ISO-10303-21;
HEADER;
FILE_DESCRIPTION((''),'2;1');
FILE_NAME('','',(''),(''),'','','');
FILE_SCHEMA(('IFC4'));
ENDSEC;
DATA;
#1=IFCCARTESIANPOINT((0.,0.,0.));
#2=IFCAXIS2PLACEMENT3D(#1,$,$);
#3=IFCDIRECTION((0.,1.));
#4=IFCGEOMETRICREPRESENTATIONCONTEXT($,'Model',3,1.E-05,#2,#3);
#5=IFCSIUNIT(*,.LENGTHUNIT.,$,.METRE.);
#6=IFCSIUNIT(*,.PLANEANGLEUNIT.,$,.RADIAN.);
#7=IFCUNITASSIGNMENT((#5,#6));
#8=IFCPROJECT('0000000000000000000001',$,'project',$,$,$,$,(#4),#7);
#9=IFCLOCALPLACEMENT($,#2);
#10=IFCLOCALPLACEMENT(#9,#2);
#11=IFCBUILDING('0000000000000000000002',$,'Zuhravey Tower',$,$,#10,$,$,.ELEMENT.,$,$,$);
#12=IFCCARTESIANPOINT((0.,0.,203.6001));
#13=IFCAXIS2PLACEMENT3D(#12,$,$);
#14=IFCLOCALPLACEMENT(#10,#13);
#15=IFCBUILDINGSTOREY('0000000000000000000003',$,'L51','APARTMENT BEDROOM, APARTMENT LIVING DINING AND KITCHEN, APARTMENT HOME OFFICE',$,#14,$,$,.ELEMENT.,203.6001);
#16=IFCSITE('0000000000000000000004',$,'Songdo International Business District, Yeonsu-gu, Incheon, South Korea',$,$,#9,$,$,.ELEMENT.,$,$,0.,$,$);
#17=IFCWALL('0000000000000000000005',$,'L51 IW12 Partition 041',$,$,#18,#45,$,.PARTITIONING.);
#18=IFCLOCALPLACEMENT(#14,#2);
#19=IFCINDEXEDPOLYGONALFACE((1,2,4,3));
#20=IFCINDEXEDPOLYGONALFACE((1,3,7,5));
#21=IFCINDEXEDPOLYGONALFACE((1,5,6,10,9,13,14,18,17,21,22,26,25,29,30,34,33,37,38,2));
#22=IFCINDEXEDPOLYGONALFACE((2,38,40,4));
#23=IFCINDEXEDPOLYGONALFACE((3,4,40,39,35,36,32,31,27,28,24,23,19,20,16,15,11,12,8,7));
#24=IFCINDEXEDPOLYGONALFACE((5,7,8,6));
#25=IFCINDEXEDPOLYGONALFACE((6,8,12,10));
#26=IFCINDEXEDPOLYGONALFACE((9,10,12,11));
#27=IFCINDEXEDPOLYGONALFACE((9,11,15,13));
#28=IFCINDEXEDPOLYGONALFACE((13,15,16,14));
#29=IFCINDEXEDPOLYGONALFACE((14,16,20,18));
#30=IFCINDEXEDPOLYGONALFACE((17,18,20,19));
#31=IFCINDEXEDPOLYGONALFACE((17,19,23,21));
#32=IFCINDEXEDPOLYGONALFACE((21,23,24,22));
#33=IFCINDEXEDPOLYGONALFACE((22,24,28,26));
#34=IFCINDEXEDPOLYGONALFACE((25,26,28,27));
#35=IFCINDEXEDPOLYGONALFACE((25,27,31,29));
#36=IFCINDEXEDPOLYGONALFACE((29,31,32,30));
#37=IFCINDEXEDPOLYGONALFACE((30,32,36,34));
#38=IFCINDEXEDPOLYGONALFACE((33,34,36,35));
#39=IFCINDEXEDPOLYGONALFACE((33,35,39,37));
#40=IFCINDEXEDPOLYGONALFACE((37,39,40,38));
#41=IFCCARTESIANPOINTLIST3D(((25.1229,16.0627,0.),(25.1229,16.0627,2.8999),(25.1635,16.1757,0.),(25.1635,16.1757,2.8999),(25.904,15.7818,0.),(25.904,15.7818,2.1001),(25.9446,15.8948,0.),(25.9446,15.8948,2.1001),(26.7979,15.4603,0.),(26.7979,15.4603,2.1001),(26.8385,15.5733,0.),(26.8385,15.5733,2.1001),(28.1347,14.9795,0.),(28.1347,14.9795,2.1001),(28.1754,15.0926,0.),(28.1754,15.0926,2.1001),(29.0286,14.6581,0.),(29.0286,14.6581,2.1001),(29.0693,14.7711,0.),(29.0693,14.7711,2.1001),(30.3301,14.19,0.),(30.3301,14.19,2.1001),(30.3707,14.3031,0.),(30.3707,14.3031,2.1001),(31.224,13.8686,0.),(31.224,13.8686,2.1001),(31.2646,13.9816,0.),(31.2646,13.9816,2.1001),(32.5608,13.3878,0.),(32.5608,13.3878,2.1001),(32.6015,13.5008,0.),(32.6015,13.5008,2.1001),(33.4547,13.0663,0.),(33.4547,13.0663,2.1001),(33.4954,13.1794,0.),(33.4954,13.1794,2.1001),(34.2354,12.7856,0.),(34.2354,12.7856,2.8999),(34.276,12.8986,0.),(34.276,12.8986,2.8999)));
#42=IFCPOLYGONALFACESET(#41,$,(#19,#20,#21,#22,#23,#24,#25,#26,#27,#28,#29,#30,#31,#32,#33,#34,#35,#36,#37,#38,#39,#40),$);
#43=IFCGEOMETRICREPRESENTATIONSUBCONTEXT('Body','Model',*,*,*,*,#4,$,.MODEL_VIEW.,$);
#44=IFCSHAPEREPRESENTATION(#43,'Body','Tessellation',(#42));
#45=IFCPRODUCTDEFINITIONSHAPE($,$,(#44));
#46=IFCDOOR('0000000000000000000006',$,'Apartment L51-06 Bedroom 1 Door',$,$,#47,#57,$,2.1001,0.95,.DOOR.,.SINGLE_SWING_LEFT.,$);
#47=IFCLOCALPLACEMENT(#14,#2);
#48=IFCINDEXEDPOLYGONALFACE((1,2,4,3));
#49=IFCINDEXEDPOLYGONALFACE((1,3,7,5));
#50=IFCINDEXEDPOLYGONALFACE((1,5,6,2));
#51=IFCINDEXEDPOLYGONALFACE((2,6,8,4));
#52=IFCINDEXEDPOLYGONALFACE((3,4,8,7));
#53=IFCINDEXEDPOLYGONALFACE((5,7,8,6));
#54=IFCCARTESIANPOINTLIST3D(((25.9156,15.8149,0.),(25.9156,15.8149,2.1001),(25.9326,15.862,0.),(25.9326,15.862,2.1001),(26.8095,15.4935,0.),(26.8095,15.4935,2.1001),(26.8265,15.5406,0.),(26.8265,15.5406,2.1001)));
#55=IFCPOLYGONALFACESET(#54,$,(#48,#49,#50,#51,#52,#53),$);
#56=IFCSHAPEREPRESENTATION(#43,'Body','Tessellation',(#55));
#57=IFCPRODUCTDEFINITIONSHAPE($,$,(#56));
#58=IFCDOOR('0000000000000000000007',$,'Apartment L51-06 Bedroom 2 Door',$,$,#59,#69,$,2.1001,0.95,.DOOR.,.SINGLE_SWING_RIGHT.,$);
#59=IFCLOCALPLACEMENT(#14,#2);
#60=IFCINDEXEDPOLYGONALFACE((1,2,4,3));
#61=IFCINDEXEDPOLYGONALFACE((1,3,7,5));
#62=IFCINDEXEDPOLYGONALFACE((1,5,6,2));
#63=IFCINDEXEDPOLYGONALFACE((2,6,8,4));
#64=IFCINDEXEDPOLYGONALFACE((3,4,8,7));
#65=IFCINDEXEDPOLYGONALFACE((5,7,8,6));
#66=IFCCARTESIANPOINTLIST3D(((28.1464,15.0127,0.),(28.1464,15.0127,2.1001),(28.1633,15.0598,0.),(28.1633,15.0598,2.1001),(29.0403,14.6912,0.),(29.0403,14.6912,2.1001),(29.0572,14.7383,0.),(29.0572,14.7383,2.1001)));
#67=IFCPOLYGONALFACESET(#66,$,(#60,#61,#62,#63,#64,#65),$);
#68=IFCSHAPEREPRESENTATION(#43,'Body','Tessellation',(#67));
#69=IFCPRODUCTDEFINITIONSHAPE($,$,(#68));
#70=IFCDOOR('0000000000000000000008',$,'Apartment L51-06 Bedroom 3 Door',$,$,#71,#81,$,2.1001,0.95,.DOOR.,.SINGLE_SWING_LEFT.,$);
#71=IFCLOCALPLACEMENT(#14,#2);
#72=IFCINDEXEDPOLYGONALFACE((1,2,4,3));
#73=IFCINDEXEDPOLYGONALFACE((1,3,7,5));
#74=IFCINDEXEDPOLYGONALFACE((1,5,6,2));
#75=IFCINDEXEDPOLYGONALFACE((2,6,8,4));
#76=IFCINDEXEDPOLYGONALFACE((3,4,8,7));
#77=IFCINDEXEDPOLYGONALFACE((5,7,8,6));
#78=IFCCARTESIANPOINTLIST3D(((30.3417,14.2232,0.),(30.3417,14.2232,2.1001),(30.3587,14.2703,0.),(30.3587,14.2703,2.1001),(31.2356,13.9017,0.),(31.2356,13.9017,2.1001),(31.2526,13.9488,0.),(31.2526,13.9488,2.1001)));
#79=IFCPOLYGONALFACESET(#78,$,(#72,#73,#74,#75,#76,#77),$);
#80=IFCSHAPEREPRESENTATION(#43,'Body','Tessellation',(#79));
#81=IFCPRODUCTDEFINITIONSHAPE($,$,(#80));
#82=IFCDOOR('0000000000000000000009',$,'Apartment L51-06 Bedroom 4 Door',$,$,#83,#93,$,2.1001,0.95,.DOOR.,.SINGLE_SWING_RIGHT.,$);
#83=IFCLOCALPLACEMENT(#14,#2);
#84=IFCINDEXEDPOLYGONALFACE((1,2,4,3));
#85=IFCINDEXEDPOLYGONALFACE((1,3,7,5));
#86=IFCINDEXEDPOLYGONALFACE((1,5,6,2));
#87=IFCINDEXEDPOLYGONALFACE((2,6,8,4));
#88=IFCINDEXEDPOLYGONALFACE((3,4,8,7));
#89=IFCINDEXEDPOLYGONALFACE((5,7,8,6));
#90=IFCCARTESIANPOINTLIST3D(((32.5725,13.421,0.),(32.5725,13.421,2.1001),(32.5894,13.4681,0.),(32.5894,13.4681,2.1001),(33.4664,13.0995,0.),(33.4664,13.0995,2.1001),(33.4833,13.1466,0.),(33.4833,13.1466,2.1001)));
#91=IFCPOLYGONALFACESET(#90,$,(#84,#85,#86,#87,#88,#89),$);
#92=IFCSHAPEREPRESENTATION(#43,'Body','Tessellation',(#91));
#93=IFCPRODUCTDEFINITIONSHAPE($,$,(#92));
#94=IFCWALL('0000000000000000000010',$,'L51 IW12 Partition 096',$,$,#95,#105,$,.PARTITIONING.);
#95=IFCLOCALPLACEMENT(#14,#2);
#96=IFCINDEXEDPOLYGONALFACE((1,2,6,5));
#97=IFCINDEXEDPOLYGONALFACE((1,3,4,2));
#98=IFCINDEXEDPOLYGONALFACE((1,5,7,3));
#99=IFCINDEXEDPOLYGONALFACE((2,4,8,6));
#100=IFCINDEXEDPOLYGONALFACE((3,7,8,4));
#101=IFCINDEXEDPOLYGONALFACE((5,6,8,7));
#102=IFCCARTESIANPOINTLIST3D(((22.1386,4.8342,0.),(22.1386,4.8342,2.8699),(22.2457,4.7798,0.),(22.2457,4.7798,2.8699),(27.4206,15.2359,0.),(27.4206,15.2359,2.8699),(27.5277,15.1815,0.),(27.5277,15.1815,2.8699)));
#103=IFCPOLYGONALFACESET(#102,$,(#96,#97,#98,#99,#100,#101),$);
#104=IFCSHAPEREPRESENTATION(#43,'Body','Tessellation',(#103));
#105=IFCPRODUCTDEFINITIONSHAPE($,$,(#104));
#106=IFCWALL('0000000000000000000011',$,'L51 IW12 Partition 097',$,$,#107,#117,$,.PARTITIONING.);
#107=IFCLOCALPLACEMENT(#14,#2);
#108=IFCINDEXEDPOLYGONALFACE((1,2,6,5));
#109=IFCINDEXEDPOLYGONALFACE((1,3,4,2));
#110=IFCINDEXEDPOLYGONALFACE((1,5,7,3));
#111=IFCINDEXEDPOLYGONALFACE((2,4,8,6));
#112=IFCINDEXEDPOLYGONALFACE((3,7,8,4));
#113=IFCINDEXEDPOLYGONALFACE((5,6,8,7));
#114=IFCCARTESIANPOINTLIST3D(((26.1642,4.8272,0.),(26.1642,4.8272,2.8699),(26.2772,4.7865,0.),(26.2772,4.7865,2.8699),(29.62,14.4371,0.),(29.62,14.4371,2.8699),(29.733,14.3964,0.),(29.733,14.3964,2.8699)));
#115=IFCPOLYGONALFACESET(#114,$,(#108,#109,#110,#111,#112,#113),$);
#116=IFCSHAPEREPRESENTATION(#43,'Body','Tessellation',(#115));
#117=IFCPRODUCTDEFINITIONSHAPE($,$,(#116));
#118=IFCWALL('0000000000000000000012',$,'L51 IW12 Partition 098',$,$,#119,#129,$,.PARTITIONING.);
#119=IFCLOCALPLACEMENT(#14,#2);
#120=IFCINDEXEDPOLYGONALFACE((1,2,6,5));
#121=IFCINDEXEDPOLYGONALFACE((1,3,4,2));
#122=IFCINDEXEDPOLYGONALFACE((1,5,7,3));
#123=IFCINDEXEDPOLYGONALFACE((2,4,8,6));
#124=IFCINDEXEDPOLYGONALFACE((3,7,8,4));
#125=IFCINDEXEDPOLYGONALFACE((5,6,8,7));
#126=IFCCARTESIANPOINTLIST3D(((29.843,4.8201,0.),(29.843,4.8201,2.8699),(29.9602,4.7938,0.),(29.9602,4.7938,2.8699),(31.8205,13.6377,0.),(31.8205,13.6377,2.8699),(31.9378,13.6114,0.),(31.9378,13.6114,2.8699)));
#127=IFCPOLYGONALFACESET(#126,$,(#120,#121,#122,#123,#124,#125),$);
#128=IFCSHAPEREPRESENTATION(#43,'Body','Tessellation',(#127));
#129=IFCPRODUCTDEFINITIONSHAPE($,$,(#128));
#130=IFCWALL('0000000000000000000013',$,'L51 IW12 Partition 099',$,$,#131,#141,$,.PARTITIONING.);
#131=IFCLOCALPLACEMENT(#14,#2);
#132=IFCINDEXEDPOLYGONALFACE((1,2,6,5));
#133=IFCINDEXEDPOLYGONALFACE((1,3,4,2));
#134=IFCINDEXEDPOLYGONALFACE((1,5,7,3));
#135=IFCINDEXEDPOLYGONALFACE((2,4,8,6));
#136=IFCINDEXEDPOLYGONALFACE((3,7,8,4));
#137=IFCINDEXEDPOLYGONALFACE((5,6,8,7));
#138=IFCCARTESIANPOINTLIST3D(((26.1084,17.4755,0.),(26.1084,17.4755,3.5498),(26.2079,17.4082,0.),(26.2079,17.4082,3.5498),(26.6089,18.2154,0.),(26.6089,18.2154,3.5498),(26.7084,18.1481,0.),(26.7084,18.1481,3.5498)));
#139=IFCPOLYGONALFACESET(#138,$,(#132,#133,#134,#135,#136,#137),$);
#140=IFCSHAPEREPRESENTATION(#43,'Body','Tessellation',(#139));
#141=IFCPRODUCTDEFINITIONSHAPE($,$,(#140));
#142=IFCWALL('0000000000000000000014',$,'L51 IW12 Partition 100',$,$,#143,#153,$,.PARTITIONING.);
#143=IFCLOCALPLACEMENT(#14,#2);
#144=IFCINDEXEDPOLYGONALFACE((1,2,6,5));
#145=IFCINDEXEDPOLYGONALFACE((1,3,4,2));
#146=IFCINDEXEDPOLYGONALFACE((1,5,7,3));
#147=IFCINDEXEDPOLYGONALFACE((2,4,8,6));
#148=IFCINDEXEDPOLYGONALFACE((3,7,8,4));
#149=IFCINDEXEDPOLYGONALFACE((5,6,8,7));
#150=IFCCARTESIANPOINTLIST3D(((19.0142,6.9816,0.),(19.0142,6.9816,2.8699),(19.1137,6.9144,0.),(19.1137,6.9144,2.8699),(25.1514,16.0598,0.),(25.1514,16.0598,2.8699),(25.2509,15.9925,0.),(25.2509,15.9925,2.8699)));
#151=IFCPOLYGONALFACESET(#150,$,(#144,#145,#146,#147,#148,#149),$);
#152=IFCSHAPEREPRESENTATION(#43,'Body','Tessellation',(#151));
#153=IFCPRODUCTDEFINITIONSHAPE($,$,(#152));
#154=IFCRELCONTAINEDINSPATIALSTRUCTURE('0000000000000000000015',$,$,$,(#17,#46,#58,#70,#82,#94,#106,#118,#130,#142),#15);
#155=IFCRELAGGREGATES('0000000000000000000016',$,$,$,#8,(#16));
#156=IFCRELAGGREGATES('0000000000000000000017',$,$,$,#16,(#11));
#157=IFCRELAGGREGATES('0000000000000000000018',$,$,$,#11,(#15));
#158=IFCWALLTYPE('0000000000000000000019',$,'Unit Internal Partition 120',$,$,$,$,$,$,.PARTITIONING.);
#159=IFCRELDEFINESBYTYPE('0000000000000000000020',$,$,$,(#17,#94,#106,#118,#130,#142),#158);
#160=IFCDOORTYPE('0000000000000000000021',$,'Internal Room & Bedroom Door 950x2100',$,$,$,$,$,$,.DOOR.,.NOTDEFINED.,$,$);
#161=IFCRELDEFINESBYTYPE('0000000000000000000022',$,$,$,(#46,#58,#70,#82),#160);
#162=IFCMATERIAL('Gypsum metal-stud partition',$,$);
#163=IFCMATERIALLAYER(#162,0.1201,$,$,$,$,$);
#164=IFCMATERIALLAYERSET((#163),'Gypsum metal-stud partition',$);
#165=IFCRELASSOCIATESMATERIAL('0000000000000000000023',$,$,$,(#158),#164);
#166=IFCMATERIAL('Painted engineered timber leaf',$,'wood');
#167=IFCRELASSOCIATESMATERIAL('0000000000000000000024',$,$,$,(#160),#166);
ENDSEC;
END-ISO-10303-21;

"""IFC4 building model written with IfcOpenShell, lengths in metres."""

from ifc_helpers import new_model, si_unit, direction, frame, frame_2d, origin, place, context, subcontext, project, spatial, rectangle, extrude, material, layer, layer_set, type_object, element, fill, save


model = new_model("IFC4")

# Units and contexts
model_context = context("Model", 3, precision=1e-05, world=origin(), true_north=direction((0.0, 1.0)))
body_context = subcontext(model_context, "Body", "Model", "MODEL_VIEW")
ifc_project = project(units=[si_unit("LENGTHUNIT", "METRE"), si_unit("PLANEANGLEUNIT", "RADIAN")], contexts=[model_context])

# Site, building, storey
site_placement = place(None, origin())
site = spatial("IfcSite", under=ifc_project, at=site_placement, Name="Songdo International Business District, Yeonsu-gu, Incheon, South Korea", CompositionType="ELEMENT", RefElevation=0.0)
building_placement = place(site_placement, origin())
building = spatial("IfcBuilding", under=site, at=building_placement, Name="Zuhravey Tower", CompositionType="ELEMENT")
storey_placement = place(building_placement, frame((0.0, 0.0, 203.6001)))
storey = spatial("IfcBuildingStorey", under=building, at=storey_placement, Name="L51", Description="APARTMENT BEDROOM, APARTMENT LIVING DINING AND KITCHEN, APARTMENT HOME OFFICE", CompositionType="ELEMENT", Elevation=203.6001)

# Wall, openings, doors
ifc_material_1 = material(Name="Gypsum metal-stud partition")
ifc_layer_1 = layer(ifc_material_1, 0.1201)
ifc_layer_set_1 = layer_set([ifc_layer_1], Name="Gypsum metal-stud partition")
wall_type_1 = type_object("IfcWallType", Name="Unit Internal Partition 120", PredefinedType="PARTITIONING", material=ifc_layer_set_1)
ifc_material_2 = material(Name="Painted engineered timber leaf", Category="wood")
door_type_1 = type_object("IfcDoorType", Name="Internal Room & Bedroom Door 950x2100", OperationType="NOTDEFINED", PredefinedType="DOOR", material=ifc_material_2)
wall_1_placement = place(storey_placement, frame((25.1433, 16.1191, 0.0), z_axis=(0.0, 0.0, 1.0), x_axis=(0.941, -0.338407, 0.0)))
wall_1 = element("IfcWall", 1, at=wall_1_placement, inside=storey, type_object=wall_type_1, Name="L51 IW12 Partition 041", PredefinedType="PARTITIONING", context=body_context, shape_type="SweptSolid", body=[
    extrude(rectangle(XDim=9.6838, YDim=0.1201, at=frame_2d((4.8418, 0.0))), origin(), (0.0, 0.0, 1.0), 2.8999),
])
opening_1_placement = place(wall_1_placement, frame((0.8298, 0.0, 0.0)))
opening_1 = element("IfcOpeningElement", 2, at=opening_1_placement, cuts=wall_1, PredefinedType="OPENING", context=body_context, shape_type="SweptSolid", body=[
    extrude(rectangle(XDim=0.95, YDim=2.1001, at=frame_2d((0.4751, 1.05))), frame((0.0, 0.072, 0.0), z_axis=(0.0, -1.0, 0.0), x_axis=(1.0, 0.0, 0.0)), (0.0, 0.0, 1.0), 0.144),
])
opening_2_placement = place(wall_1_placement, frame((3.2004, 0.0, 0.0)))
opening_2 = element("IfcOpeningElement", 3, at=opening_2_placement, cuts=wall_1, PredefinedType="OPENING", context=body_context, shape_type="SweptSolid", body=[
    extrude(rectangle(XDim=0.95, YDim=2.1001, at=frame_2d((0.4751, 1.05))), frame((0.0, 0.072, 0.0), z_axis=(0.0, -1.0, 0.0), x_axis=(1.0, 0.0, 0.0)), (0.0, 0.0, 1.0), 0.144),
])
opening_3_placement = place(wall_1_placement, frame((5.5334, 0.0, 0.0)))
opening_3 = element("IfcOpeningElement", 4, at=opening_3_placement, cuts=wall_1, PredefinedType="OPENING", context=body_context, shape_type="SweptSolid", body=[
    extrude(rectangle(XDim=0.95, YDim=2.1001, at=frame_2d((0.4751, 1.05))), frame((0.0, 0.072, 0.0), z_axis=(0.0, -1.0, 0.0), x_axis=(1.0, 0.0, 0.0)), (0.0, 0.0, 1.0), 0.144),
])
opening_4_placement = place(wall_1_placement, frame((7.9041, 0.0, 0.0)))
opening_4 = element("IfcOpeningElement", 5, at=opening_4_placement, cuts=wall_1, PredefinedType="OPENING", context=body_context, shape_type="SweptSolid", body=[
    extrude(rectangle(XDim=0.95, YDim=2.1001, at=frame_2d((0.4751, 1.05))), frame((0.0, 0.072, 0.0), z_axis=(0.0, -1.0, 0.0), x_axis=(1.0, 0.0, 0.0)), (0.0, 0.0, 1.0), 0.144),
])
door_1_placement = place(opening_1_placement, frame((0.95, 0.0, 0.0), z_axis=(0.0, 0.0, 1.0), x_axis=(-1.0, 0.0, 0.0)))
door_1 = element("IfcDoor", 6, at=door_1_placement, inside=storey, type_object=door_type_1, Name="Apartment L51-06 Bedroom 1 Door", OperationType="SINGLE_SWING_LEFT", OverallHeight=2.1001, OverallWidth=0.95, PredefinedType="DOOR", context=body_context, shape_type="SweptSolid", body=[
    extrude(rectangle(XDim=0.95, YDim=2.1001, at=frame_2d((0.4751, 1.05))), frame((0.0, 0.0249, 0.0), z_axis=(0.0, -1.0, 0.0), x_axis=(1.0, 0.0, 0.0)), (0.0, 0.0, 1.0), 0.05),
])
fill(opening_1, door_1)
door_2_placement = place(opening_2_placement, frame((0.95, 0.0, 0.0), z_axis=(0.0, 0.0, 1.0), x_axis=(-1.0, 0.0, 0.0)))
door_2 = element("IfcDoor", 7, at=door_2_placement, inside=storey, type_object=door_type_1, Name="Apartment L51-06 Bedroom 2 Door", OperationType="SINGLE_SWING_RIGHT", OverallHeight=2.1001, OverallWidth=0.95, PredefinedType="DOOR", context=body_context, shape_type="SweptSolid", body=[
    extrude(rectangle(XDim=0.95, YDim=2.1001, at=frame_2d((0.4751, 1.05))), frame((0.0, 0.0249, 0.0), z_axis=(0.0, -1.0, 0.0), x_axis=(1.0, 0.0, 0.0)), (0.0, 0.0, 1.0), 0.05),
])
fill(opening_2, door_2)
door_3_placement = place(opening_3_placement, frame((0.95, 0.0, 0.0), z_axis=(0.0, 0.0, 1.0), x_axis=(-1.0, 0.0, 0.0)))
door_3 = element("IfcDoor", 8, at=door_3_placement, inside=storey, type_object=door_type_1, Name="Apartment L51-06 Bedroom 3 Door", OperationType="SINGLE_SWING_LEFT", OverallHeight=2.1001, OverallWidth=0.95, PredefinedType="DOOR", context=body_context, shape_type="SweptSolid", body=[
    extrude(rectangle(XDim=0.95, YDim=2.1001, at=frame_2d((0.4751, 1.05))), frame((0.0, 0.0249, 0.0), z_axis=(0.0, -1.0, 0.0), x_axis=(1.0, 0.0, 0.0)), (0.0, 0.0, 1.0), 0.05),
])
fill(opening_3, door_3)
door_4_placement = place(opening_4_placement, frame((0.95, 0.0, 0.0), z_axis=(0.0, 0.0, 1.0), x_axis=(-1.0, 0.0, 0.0)))
door_4 = element("IfcDoor", 9, at=door_4_placement, inside=storey, type_object=door_type_1, Name="Apartment L51-06 Bedroom 4 Door", OperationType="SINGLE_SWING_RIGHT", OverallHeight=2.1001, OverallWidth=0.95, PredefinedType="DOOR", context=body_context, shape_type="SweptSolid", body=[
    extrude(rectangle(XDim=0.95, YDim=2.1001, at=frame_2d((0.4751, 1.05))), frame((0.0, 0.0249, 0.0), z_axis=(0.0, -1.0, 0.0), x_axis=(1.0, 0.0, 0.0)), (0.0, 0.0, 1.0), 0.05),
])
fill(opening_4, door_4)

# Walls
wall_2_placement = place(storey_placement, frame((27.4741, 15.2087, 0.0), z_axis=(0.0, 0.0, 1.0), x_axis=(-0.452763, -0.891631, 0.0)))
element("IfcWall", 10, at=wall_2_placement, inside=storey, type_object=wall_type_1, Name="L51 IW12 Partition 096", PredefinedType="PARTITIONING", context=body_context, shape_type="SweptSolid", body=[
    extrude(rectangle(XDim=11.666, YDim=0.1201, at=frame_2d((5.833, 0.0))), origin(), (0.0, 0.0, 1.0), 2.8699),
])
wall_3_placement = place(storey_placement, frame((29.6765, 14.4167, 0.0), z_axis=(0.0, 0.0, 1.0), x_axis=(-0.338395, -0.941004, 0.0)))
element("IfcWall", 11, at=wall_3_placement, inside=storey, type_object=wall_type_1, Name="L51 IW12 Partition 097", PredefinedType="PARTITIONING", context=body_context, shape_type="SweptSolid", body=[
    extrude(rectangle(XDim=10.2124, YDim=0.1201, at=frame_2d((5.1062, 0.0))), origin(), (0.0, 0.0, 1.0), 2.8699),
])
wall_4_placement = place(storey_placement, frame((31.8792, 13.6245, 0.0), z_axis=(0.0, 0.0, 1.0), x_axis=(-0.218835, -0.975762, 0.0)))
element("IfcWall", 12, at=wall_4_placement, inside=storey, type_object=wall_type_1, Name="L51 IW12 Partition 098", PredefinedType="PARTITIONING", context=body_context, shape_type="SweptSolid", body=[
    extrude(rectangle(XDim=9.0366, YDim=0.1201, at=frame_2d((4.5183, 0.0))), origin(), (0.0, 0.0, 1.0), 2.8699),
])
wall_5_placement = place(storey_placement, frame((26.6587, 18.1819, 0.0), z_axis=(0.0, 0.0, 1.0), x_axis=(-0.560238, -0.828332, 0.0)))
element("IfcWall", 13, at=wall_5_placement, inside=storey, type_object=wall_type_1, Name="L51 IW12 Partition 099", PredefinedType="PARTITIONING", context=body_context, shape_type="SweptSolid", body=[
    extrude(rectangle(XDim=0.8933, YDim=0.1201, at=frame_2d((0.4468, 0.0))), origin(), (0.0, 0.0, 1.0), 3.5498),
])
wall_6_placement = place(storey_placement, frame((25.2012, 16.0261, 0.0), z_axis=(0.0, 0.0, 1.0), x_axis=(-0.560067, -0.828448, 0.0)))
element("IfcWall", 14, at=wall_6_placement, inside=storey, type_object=wall_type_1, Name="L51 IW12 Partition 100", PredefinedType="PARTITIONING", context=body_context, shape_type="SweptSolid", body=[
    extrude(rectangle(XDim=10.958, YDim=0.1201, at=frame_2d((5.479, 0.0))), origin(), (0.0, 0.0, 1.0), 2.8699),
])

save(model, "model.ifc")
